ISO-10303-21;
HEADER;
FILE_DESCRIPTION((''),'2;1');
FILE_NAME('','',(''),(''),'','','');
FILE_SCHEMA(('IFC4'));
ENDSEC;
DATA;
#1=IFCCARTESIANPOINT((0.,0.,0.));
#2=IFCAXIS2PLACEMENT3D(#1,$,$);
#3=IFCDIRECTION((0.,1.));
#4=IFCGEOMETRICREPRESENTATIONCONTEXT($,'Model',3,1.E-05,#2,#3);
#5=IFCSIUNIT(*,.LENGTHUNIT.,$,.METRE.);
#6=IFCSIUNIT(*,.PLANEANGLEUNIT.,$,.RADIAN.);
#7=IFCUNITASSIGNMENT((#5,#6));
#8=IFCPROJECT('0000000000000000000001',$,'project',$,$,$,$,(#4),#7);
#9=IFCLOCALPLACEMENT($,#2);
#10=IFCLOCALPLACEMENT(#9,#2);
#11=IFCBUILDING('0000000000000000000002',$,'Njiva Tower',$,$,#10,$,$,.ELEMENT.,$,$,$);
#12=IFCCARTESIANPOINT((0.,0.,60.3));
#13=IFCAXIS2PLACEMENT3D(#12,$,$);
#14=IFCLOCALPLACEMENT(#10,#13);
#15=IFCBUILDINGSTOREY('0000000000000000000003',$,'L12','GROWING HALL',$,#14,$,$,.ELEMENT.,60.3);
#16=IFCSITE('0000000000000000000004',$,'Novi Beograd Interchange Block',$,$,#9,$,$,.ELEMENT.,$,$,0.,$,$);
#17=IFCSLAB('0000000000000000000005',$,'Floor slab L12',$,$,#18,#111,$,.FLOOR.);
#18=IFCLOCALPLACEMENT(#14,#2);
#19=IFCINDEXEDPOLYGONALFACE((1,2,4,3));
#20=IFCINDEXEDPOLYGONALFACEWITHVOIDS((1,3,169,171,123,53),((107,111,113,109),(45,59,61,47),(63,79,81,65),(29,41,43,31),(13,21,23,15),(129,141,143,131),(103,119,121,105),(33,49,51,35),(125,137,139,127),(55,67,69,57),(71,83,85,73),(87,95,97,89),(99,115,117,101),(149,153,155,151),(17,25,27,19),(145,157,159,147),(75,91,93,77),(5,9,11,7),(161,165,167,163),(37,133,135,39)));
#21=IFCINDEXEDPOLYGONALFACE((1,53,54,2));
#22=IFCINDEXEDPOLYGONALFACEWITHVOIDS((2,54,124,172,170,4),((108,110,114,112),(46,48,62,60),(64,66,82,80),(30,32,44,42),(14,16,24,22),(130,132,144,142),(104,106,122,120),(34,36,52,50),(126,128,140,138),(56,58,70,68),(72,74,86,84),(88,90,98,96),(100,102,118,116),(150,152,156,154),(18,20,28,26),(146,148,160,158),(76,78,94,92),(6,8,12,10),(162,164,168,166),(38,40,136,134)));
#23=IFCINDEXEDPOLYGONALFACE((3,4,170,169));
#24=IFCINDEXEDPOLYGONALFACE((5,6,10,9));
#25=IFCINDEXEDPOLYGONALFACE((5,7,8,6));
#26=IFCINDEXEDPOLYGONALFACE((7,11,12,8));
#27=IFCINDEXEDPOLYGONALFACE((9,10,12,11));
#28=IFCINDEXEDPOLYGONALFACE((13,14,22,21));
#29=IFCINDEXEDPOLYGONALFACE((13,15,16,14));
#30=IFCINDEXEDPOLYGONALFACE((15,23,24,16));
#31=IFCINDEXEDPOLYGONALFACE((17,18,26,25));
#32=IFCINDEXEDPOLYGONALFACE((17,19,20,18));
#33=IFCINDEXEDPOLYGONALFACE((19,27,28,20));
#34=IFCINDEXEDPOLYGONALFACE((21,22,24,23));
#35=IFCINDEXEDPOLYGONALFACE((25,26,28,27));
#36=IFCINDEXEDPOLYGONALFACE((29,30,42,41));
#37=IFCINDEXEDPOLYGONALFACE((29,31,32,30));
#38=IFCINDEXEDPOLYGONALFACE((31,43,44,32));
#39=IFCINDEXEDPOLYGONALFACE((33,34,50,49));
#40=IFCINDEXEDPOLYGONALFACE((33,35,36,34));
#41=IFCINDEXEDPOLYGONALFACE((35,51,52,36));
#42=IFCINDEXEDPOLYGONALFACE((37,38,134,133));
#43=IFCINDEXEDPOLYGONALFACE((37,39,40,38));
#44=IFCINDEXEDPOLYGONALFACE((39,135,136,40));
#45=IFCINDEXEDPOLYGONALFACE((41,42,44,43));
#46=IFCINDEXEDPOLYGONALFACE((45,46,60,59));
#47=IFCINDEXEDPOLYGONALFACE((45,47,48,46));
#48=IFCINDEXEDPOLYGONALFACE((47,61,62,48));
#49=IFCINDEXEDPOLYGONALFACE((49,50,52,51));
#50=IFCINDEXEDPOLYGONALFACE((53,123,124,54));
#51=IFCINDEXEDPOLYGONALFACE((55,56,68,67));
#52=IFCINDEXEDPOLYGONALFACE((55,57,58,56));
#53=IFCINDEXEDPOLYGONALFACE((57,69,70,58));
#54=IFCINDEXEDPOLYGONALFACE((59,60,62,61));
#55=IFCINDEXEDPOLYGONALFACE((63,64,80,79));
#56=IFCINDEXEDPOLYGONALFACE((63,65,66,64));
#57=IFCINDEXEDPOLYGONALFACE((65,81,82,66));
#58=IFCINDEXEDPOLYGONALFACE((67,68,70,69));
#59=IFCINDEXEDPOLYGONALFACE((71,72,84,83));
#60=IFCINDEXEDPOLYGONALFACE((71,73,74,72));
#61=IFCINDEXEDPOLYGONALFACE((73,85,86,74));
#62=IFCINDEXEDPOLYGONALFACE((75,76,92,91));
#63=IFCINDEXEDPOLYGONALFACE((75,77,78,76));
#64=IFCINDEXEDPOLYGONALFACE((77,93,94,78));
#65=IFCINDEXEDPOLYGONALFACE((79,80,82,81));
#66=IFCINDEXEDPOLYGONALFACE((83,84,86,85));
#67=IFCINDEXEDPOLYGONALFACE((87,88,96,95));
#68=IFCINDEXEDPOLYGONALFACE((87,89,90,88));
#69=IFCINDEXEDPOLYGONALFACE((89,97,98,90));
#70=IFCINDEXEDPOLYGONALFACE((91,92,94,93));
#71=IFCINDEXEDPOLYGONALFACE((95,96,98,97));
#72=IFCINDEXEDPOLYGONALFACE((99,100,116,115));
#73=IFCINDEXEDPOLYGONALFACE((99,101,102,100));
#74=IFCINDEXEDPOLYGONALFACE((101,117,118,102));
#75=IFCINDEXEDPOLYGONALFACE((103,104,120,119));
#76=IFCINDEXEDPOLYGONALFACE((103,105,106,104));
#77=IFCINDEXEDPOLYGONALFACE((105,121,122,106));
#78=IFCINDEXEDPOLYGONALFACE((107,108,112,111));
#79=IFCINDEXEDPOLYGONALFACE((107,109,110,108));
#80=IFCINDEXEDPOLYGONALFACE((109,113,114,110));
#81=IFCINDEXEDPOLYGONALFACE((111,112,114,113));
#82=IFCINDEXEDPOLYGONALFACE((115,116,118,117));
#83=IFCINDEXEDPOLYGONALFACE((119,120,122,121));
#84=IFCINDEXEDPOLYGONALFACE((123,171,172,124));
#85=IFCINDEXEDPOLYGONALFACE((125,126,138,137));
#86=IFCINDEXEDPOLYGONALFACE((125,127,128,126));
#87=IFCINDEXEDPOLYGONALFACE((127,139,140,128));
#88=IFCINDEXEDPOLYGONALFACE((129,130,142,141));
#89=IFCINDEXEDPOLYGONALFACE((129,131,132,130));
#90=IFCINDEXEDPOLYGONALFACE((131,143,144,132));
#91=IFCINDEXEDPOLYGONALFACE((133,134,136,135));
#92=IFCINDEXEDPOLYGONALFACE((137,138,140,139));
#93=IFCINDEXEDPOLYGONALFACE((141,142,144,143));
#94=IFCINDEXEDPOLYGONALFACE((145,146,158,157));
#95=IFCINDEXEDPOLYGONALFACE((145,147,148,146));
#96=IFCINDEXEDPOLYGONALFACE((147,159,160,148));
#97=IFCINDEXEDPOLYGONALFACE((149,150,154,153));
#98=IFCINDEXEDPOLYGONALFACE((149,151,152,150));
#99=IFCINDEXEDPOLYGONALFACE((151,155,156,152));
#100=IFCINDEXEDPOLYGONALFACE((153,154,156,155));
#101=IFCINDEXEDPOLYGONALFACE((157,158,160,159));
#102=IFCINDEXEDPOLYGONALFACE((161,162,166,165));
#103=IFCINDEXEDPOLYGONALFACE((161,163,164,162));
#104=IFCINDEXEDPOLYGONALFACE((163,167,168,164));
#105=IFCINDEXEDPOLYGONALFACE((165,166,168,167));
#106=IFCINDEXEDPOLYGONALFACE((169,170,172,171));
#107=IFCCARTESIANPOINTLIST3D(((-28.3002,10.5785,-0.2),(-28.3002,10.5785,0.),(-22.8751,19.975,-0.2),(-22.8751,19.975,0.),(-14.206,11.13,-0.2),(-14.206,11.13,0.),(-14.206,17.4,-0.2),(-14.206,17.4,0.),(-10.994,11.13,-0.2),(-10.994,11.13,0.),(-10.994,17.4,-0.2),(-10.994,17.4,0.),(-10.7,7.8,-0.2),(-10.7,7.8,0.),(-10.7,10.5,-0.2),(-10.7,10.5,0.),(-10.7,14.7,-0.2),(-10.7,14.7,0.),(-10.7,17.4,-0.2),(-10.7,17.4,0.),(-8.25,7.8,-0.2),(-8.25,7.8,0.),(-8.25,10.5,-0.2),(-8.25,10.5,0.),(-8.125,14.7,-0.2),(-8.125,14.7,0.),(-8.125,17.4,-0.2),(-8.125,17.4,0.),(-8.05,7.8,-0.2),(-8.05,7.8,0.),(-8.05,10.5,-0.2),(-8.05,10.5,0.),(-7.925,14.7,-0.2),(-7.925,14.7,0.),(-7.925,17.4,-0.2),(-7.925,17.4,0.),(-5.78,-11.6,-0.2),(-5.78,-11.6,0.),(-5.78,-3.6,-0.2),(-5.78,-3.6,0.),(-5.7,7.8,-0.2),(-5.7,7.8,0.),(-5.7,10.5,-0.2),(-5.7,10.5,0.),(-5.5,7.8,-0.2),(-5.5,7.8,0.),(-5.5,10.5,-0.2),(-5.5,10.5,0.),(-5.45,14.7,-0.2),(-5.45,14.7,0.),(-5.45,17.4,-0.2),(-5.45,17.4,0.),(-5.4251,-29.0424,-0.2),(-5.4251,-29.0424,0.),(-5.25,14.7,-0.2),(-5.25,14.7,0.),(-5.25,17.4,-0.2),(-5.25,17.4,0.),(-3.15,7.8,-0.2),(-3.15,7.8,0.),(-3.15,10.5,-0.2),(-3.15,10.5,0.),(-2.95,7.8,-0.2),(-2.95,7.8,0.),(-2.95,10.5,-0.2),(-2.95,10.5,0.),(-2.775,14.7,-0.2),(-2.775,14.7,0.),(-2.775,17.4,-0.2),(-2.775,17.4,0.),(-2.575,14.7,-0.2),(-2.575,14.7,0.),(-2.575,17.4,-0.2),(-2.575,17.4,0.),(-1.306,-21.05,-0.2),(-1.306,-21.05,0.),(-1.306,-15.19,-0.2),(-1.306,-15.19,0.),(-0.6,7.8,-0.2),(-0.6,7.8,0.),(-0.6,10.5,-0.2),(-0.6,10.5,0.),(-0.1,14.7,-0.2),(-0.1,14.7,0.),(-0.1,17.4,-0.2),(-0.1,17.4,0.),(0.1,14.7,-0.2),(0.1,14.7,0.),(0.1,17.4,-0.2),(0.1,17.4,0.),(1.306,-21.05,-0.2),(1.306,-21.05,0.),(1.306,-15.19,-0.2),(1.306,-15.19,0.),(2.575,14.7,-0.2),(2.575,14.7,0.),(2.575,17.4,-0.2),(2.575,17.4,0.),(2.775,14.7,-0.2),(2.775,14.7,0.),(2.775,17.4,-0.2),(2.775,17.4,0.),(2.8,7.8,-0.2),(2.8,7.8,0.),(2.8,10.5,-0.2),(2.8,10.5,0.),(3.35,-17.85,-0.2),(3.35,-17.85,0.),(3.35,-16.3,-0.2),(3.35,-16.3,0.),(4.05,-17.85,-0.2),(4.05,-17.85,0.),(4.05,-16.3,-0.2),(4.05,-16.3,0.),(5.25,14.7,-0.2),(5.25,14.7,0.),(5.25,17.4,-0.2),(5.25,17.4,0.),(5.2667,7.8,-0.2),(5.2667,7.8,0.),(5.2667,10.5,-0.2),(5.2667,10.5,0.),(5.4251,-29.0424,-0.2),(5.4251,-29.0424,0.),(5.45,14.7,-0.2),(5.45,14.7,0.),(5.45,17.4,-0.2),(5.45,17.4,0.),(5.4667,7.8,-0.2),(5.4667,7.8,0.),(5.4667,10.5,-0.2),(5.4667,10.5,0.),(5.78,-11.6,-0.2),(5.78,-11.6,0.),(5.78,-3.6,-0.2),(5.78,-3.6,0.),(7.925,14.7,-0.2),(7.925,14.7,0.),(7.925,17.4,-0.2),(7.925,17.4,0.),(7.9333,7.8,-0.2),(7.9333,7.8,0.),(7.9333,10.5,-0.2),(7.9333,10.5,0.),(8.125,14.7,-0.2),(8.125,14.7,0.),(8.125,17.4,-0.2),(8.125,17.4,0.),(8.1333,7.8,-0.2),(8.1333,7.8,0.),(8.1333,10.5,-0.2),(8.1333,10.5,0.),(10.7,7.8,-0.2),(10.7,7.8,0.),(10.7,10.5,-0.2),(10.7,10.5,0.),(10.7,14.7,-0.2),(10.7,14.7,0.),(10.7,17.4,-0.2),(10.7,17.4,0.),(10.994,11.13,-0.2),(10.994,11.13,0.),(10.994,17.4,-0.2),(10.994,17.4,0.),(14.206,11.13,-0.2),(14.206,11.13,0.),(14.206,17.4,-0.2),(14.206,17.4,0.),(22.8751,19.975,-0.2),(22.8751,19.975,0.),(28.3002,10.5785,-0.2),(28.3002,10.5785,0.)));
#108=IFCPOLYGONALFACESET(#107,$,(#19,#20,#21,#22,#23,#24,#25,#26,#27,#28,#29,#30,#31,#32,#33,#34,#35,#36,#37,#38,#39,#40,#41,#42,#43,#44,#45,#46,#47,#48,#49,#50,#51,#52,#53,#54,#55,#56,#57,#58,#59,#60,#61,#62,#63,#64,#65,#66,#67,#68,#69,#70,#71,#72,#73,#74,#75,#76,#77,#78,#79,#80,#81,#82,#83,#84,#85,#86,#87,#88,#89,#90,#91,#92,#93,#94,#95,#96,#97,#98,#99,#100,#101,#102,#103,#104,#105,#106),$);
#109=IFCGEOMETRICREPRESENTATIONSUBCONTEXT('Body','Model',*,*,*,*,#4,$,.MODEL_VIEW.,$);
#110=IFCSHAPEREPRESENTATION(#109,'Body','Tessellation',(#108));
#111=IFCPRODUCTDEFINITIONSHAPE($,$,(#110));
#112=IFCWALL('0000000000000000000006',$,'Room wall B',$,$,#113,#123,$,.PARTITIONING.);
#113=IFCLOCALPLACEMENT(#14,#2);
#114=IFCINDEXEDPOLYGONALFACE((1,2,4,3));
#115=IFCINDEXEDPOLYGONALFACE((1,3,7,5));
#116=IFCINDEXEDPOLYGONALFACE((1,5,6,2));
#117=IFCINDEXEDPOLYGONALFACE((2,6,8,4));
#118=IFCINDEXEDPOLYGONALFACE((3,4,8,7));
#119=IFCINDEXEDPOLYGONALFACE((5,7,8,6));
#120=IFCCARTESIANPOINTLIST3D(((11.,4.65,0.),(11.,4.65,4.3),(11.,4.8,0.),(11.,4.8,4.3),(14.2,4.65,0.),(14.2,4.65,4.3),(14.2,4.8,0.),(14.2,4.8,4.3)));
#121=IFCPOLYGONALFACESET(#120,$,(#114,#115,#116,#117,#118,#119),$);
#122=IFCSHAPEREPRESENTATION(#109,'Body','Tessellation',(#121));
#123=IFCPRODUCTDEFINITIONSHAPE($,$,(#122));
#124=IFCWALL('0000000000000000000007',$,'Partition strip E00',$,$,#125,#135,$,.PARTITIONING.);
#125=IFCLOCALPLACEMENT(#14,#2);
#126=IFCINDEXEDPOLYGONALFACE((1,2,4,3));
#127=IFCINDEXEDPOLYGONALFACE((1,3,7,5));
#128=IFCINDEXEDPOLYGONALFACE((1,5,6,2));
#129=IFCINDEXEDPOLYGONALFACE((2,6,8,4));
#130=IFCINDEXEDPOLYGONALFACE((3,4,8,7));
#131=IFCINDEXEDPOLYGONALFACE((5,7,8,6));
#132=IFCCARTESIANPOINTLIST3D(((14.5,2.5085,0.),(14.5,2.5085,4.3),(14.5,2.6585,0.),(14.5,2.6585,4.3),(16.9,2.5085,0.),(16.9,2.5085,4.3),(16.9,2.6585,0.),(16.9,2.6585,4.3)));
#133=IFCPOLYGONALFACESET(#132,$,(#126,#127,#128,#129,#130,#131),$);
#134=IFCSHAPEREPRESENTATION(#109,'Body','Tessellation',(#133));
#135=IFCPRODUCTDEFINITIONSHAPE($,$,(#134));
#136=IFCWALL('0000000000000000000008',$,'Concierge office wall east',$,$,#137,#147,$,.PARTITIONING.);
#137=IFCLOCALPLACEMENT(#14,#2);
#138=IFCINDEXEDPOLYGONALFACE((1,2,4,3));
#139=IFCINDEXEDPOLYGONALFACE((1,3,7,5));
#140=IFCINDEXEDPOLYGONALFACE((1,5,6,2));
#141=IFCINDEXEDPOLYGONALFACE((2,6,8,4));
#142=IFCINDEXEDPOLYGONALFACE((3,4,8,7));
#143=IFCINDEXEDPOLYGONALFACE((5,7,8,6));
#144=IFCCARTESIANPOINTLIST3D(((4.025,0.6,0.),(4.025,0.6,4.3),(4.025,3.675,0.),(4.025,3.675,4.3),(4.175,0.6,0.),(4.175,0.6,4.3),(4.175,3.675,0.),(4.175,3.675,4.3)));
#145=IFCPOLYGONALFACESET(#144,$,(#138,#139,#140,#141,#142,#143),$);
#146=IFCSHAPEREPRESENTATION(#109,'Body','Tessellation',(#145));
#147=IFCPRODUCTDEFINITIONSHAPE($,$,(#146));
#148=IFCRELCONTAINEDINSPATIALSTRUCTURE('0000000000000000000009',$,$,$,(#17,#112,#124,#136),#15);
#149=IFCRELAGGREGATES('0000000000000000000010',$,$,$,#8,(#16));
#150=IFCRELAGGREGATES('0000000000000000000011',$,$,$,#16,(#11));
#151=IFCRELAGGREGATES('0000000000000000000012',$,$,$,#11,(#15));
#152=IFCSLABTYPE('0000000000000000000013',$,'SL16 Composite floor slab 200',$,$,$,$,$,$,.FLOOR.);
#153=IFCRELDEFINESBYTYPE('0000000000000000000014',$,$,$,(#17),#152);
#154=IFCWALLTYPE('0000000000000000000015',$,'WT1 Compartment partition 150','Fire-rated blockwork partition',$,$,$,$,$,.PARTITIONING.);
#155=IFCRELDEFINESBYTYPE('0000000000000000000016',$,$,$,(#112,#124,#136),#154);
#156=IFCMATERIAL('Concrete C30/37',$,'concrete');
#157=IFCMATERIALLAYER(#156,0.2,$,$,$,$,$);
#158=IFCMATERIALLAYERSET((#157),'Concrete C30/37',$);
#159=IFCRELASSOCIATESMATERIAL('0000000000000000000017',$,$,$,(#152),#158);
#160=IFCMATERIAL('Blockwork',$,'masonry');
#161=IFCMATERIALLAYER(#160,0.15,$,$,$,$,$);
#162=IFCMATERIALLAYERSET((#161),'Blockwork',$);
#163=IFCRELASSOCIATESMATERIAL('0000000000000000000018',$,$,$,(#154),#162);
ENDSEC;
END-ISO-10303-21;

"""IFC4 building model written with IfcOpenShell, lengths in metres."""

from ifc_helpers import new_model, si_unit, direction, frame, frame_2d, origin, place, context, subcontext, project, spatial, polyline, rectangle, outline, extrude, material, layer, layer_set, type_object, element, save


model = new_model("IFC4")

# Units and contexts
model_context = context("Model", 3, precision=1e-05, world=origin(), true_north=direction((0.0, 1.0)))
body_context = subcontext(model_context, "Body", "Model", "MODEL_VIEW")
ifc_project = project(units=[si_unit("LENGTHUNIT", "METRE"), si_unit("PLANEANGLEUNIT", "RADIAN")], contexts=[model_context])

# Site, building, storey
site_placement = place(None, origin())
site = spatial("IfcSite", under=ifc_project, at=site_placement, Name="Novi Beograd Interchange Block", CompositionType="ELEMENT", RefElevation=0.0)
building_placement = place(site_placement, origin())
building = spatial("IfcBuilding", under=site, at=building_placement, Name="Njiva Tower", CompositionType="ELEMENT")
storey_placement = place(building_placement, frame((0.0, 0.0, 60.3)))
storey = spatial("IfcBuildingStorey", under=building, at=storey_placement, Name="L12", Description="GROWING HALL", CompositionType="ELEMENT", Elevation=60.3)

# Slab
ifc_material_1 = material(Name="Concrete C30/37", Category="concrete")
ifc_layer_1 = layer(ifc_material_1, 0.2)
ifc_layer_set_1 = layer_set([ifc_layer_1], Name="Concrete C30/37")
slab_type_1 = type_object("IfcSlabType", Name="SL16 Composite floor slab 200", PredefinedType="FLOOR", material=ifc_layer_set_1)
slab_1_placement = place(storey_placement, frame((0.0, 0.0, -0.2)))
element("IfcSlab", 1, at=slab_1_placement, inside=storey, type_object=slab_type_1, Name="Floor slab L12", PredefinedType="FLOOR", context=body_context, shape_type="SweptSolid", body=[
    extrude(outline(polyline([(28.3002, 10.5785), (5.4251, -29.0424), (-5.4251, -29.0424), (-28.3002, 10.5785), (-22.8751, 19.975), (22.8751, 19.975), (28.3002, 10.5785)]), holes=[polyline([(10.994, 11.13), (14.206, 11.13), (14.206, 17.4), (10.994, 17.4), (10.994, 11.13)]), polyline([(8.125, 17.4), (8.125, 14.7), (10.7, 14.7), (10.7, 17.4), (8.125, 17.4)]), polyline([(8.1333, 10.5), (8.1333, 7.8), (10.7, 7.8), (10.7, 10.5), (8.1333, 10.5)]), polyline([(5.4667, 10.5), (5.4667, 7.8), (7.9333, 7.8), (7.9333, 10.5), (5.4667, 10.5)]), polyline([(5.45, 17.4), (5.45, 14.7), (7.925, 14.7), (7.925, 17.4), (5.45, 17.4)]), polyline([(5.78, -11.6), (5.78, -3.6), (-5.78, -3.6), (-5.78, -11.6), (5.78, -11.6)]), polyline([(2.8, 7.8), (5.2667, 7.8), (5.2667, 10.5), (2.8, 10.5), (2.8, 7.8)]), polyline([(2.775, 14.7), (5.25, 14.7), (5.25, 17.4), (2.775, 17.4), (2.775, 14.7)]), polyline([(3.35, -17.85), (4.05, -17.85), (4.05, -16.3), (3.35, -16.3), (3.35, -17.85)]), polyline([(0.1, 14.7), (2.575, 14.7), (2.575, 17.4), (0.1, 17.4), (0.1, 14.7)]), polyline([(-1.306, -21.05), (1.306, -21.05), (1.306, -15.19), (-1.306, -15.19), (-1.306, -21.05)]), polyline([(-2.575, 17.4), (-2.575, 14.7), (-0.1, 14.7), (-0.1, 17.4), (-2.575, 17.4)]), polyline([(-2.95, 10.5), (-2.95, 7.8), (-0.6, 7.8), (-0.6, 10.5), (-2.95, 10.5)]), polyline([(-5.25, 17.4), (-5.25, 14.7), (-2.775, 14.7), (-2.775, 17.4), (-5.25, 17.4)]), polyline([(-5.5, 10.5), (-5.5, 7.8), (-3.15, 7.8), (-3.15, 10.5), (-5.5, 10.5)]), polyline([(-7.925, 14.7), (-5.45, 14.7), (-5.45, 17.4), (-7.925, 17.4), (-7.925, 14.7)]), polyline([(-8.05, 7.8), (-5.7, 7.8), (-5.7, 10.5), (-8.05, 10.5), (-8.05, 7.8)]), polyline([(-10.7, 14.7), (-8.125, 14.7), (-8.125, 17.4), (-10.7, 17.4), (-10.7, 14.7)]), polyline([(-10.7, 7.8), (-8.25, 7.8), (-8.25, 10.5), (-10.7, 10.5), (-10.7, 7.8)]), polyline([(-14.206, 11.13), (-10.994, 11.13), (-10.994, 17.4), (-14.206, 17.4), (-14.206, 11.13)])]), origin(), (0.0, 0.0, 1.0), 0.2),
])

# Walls
ifc_material_2 = material(Name="Blockwork", Category="masonry")
ifc_layer_2 = layer(ifc_material_2, 0.15)
ifc_layer_set_2 = layer_set([ifc_layer_2], Name="Blockwork")
wall_type_1 = type_object("IfcWallType", Name="WT1 Compartment partition 150", Description="Fire-rated blockwork partition", PredefinedType="PARTITIONING", material=ifc_layer_set_2)
wall_1_placement = place(storey_placement, frame((11.0, 4.725, 0.0), z_axis=(0.0, 0.0, 1.0), x_axis=(1.0, 0.0, 0.0)))
element("IfcWall", 2, at=wall_1_placement, inside=storey, type_object=wall_type_1, Name="Room wall B", PredefinedType="PARTITIONING", context=body_context, shape_type="SweptSolid", body=[
    extrude(rectangle(XDim=3.2, YDim=0.15, at=frame_2d((1.6, 0.0))), origin(), (0.0, 0.0, 1.0), 4.3),
])
wall_2_placement = place(storey_placement, frame((14.5, 2.5835, 0.0), z_axis=(0.0, 0.0, 1.0), x_axis=(1.0, 0.0, 0.0)))
element("IfcWall", 3, at=wall_2_placement, inside=storey, type_object=wall_type_1, Name="Partition strip E00", PredefinedType="PARTITIONING", context=body_context, shape_type="SweptSolid", body=[
    extrude(rectangle(XDim=2.4, YDim=0.15, at=frame_2d((1.2, 0.0))), origin(), (0.0, 0.0, 1.0), 4.3),
])
wall_3_placement = place(storey_placement, frame((4.1, 0.6, 0.0), z_axis=(0.0, 0.0, 1.0), x_axis=(0.0, 1.0, 0.0)))
element("IfcWall", 4, at=wall_3_placement, inside=storey, type_object=wall_type_1, Name="Concierge office wall east", PredefinedType="PARTITIONING", context=body_context, shape_type="SweptSolid", body=[
    extrude(rectangle(XDim=3.075, YDim=0.15, at=frame_2d((1.5375, 0.0))), origin(), (0.0, 0.0, 1.0), 4.3),
])

save(model, "model.ifc")
